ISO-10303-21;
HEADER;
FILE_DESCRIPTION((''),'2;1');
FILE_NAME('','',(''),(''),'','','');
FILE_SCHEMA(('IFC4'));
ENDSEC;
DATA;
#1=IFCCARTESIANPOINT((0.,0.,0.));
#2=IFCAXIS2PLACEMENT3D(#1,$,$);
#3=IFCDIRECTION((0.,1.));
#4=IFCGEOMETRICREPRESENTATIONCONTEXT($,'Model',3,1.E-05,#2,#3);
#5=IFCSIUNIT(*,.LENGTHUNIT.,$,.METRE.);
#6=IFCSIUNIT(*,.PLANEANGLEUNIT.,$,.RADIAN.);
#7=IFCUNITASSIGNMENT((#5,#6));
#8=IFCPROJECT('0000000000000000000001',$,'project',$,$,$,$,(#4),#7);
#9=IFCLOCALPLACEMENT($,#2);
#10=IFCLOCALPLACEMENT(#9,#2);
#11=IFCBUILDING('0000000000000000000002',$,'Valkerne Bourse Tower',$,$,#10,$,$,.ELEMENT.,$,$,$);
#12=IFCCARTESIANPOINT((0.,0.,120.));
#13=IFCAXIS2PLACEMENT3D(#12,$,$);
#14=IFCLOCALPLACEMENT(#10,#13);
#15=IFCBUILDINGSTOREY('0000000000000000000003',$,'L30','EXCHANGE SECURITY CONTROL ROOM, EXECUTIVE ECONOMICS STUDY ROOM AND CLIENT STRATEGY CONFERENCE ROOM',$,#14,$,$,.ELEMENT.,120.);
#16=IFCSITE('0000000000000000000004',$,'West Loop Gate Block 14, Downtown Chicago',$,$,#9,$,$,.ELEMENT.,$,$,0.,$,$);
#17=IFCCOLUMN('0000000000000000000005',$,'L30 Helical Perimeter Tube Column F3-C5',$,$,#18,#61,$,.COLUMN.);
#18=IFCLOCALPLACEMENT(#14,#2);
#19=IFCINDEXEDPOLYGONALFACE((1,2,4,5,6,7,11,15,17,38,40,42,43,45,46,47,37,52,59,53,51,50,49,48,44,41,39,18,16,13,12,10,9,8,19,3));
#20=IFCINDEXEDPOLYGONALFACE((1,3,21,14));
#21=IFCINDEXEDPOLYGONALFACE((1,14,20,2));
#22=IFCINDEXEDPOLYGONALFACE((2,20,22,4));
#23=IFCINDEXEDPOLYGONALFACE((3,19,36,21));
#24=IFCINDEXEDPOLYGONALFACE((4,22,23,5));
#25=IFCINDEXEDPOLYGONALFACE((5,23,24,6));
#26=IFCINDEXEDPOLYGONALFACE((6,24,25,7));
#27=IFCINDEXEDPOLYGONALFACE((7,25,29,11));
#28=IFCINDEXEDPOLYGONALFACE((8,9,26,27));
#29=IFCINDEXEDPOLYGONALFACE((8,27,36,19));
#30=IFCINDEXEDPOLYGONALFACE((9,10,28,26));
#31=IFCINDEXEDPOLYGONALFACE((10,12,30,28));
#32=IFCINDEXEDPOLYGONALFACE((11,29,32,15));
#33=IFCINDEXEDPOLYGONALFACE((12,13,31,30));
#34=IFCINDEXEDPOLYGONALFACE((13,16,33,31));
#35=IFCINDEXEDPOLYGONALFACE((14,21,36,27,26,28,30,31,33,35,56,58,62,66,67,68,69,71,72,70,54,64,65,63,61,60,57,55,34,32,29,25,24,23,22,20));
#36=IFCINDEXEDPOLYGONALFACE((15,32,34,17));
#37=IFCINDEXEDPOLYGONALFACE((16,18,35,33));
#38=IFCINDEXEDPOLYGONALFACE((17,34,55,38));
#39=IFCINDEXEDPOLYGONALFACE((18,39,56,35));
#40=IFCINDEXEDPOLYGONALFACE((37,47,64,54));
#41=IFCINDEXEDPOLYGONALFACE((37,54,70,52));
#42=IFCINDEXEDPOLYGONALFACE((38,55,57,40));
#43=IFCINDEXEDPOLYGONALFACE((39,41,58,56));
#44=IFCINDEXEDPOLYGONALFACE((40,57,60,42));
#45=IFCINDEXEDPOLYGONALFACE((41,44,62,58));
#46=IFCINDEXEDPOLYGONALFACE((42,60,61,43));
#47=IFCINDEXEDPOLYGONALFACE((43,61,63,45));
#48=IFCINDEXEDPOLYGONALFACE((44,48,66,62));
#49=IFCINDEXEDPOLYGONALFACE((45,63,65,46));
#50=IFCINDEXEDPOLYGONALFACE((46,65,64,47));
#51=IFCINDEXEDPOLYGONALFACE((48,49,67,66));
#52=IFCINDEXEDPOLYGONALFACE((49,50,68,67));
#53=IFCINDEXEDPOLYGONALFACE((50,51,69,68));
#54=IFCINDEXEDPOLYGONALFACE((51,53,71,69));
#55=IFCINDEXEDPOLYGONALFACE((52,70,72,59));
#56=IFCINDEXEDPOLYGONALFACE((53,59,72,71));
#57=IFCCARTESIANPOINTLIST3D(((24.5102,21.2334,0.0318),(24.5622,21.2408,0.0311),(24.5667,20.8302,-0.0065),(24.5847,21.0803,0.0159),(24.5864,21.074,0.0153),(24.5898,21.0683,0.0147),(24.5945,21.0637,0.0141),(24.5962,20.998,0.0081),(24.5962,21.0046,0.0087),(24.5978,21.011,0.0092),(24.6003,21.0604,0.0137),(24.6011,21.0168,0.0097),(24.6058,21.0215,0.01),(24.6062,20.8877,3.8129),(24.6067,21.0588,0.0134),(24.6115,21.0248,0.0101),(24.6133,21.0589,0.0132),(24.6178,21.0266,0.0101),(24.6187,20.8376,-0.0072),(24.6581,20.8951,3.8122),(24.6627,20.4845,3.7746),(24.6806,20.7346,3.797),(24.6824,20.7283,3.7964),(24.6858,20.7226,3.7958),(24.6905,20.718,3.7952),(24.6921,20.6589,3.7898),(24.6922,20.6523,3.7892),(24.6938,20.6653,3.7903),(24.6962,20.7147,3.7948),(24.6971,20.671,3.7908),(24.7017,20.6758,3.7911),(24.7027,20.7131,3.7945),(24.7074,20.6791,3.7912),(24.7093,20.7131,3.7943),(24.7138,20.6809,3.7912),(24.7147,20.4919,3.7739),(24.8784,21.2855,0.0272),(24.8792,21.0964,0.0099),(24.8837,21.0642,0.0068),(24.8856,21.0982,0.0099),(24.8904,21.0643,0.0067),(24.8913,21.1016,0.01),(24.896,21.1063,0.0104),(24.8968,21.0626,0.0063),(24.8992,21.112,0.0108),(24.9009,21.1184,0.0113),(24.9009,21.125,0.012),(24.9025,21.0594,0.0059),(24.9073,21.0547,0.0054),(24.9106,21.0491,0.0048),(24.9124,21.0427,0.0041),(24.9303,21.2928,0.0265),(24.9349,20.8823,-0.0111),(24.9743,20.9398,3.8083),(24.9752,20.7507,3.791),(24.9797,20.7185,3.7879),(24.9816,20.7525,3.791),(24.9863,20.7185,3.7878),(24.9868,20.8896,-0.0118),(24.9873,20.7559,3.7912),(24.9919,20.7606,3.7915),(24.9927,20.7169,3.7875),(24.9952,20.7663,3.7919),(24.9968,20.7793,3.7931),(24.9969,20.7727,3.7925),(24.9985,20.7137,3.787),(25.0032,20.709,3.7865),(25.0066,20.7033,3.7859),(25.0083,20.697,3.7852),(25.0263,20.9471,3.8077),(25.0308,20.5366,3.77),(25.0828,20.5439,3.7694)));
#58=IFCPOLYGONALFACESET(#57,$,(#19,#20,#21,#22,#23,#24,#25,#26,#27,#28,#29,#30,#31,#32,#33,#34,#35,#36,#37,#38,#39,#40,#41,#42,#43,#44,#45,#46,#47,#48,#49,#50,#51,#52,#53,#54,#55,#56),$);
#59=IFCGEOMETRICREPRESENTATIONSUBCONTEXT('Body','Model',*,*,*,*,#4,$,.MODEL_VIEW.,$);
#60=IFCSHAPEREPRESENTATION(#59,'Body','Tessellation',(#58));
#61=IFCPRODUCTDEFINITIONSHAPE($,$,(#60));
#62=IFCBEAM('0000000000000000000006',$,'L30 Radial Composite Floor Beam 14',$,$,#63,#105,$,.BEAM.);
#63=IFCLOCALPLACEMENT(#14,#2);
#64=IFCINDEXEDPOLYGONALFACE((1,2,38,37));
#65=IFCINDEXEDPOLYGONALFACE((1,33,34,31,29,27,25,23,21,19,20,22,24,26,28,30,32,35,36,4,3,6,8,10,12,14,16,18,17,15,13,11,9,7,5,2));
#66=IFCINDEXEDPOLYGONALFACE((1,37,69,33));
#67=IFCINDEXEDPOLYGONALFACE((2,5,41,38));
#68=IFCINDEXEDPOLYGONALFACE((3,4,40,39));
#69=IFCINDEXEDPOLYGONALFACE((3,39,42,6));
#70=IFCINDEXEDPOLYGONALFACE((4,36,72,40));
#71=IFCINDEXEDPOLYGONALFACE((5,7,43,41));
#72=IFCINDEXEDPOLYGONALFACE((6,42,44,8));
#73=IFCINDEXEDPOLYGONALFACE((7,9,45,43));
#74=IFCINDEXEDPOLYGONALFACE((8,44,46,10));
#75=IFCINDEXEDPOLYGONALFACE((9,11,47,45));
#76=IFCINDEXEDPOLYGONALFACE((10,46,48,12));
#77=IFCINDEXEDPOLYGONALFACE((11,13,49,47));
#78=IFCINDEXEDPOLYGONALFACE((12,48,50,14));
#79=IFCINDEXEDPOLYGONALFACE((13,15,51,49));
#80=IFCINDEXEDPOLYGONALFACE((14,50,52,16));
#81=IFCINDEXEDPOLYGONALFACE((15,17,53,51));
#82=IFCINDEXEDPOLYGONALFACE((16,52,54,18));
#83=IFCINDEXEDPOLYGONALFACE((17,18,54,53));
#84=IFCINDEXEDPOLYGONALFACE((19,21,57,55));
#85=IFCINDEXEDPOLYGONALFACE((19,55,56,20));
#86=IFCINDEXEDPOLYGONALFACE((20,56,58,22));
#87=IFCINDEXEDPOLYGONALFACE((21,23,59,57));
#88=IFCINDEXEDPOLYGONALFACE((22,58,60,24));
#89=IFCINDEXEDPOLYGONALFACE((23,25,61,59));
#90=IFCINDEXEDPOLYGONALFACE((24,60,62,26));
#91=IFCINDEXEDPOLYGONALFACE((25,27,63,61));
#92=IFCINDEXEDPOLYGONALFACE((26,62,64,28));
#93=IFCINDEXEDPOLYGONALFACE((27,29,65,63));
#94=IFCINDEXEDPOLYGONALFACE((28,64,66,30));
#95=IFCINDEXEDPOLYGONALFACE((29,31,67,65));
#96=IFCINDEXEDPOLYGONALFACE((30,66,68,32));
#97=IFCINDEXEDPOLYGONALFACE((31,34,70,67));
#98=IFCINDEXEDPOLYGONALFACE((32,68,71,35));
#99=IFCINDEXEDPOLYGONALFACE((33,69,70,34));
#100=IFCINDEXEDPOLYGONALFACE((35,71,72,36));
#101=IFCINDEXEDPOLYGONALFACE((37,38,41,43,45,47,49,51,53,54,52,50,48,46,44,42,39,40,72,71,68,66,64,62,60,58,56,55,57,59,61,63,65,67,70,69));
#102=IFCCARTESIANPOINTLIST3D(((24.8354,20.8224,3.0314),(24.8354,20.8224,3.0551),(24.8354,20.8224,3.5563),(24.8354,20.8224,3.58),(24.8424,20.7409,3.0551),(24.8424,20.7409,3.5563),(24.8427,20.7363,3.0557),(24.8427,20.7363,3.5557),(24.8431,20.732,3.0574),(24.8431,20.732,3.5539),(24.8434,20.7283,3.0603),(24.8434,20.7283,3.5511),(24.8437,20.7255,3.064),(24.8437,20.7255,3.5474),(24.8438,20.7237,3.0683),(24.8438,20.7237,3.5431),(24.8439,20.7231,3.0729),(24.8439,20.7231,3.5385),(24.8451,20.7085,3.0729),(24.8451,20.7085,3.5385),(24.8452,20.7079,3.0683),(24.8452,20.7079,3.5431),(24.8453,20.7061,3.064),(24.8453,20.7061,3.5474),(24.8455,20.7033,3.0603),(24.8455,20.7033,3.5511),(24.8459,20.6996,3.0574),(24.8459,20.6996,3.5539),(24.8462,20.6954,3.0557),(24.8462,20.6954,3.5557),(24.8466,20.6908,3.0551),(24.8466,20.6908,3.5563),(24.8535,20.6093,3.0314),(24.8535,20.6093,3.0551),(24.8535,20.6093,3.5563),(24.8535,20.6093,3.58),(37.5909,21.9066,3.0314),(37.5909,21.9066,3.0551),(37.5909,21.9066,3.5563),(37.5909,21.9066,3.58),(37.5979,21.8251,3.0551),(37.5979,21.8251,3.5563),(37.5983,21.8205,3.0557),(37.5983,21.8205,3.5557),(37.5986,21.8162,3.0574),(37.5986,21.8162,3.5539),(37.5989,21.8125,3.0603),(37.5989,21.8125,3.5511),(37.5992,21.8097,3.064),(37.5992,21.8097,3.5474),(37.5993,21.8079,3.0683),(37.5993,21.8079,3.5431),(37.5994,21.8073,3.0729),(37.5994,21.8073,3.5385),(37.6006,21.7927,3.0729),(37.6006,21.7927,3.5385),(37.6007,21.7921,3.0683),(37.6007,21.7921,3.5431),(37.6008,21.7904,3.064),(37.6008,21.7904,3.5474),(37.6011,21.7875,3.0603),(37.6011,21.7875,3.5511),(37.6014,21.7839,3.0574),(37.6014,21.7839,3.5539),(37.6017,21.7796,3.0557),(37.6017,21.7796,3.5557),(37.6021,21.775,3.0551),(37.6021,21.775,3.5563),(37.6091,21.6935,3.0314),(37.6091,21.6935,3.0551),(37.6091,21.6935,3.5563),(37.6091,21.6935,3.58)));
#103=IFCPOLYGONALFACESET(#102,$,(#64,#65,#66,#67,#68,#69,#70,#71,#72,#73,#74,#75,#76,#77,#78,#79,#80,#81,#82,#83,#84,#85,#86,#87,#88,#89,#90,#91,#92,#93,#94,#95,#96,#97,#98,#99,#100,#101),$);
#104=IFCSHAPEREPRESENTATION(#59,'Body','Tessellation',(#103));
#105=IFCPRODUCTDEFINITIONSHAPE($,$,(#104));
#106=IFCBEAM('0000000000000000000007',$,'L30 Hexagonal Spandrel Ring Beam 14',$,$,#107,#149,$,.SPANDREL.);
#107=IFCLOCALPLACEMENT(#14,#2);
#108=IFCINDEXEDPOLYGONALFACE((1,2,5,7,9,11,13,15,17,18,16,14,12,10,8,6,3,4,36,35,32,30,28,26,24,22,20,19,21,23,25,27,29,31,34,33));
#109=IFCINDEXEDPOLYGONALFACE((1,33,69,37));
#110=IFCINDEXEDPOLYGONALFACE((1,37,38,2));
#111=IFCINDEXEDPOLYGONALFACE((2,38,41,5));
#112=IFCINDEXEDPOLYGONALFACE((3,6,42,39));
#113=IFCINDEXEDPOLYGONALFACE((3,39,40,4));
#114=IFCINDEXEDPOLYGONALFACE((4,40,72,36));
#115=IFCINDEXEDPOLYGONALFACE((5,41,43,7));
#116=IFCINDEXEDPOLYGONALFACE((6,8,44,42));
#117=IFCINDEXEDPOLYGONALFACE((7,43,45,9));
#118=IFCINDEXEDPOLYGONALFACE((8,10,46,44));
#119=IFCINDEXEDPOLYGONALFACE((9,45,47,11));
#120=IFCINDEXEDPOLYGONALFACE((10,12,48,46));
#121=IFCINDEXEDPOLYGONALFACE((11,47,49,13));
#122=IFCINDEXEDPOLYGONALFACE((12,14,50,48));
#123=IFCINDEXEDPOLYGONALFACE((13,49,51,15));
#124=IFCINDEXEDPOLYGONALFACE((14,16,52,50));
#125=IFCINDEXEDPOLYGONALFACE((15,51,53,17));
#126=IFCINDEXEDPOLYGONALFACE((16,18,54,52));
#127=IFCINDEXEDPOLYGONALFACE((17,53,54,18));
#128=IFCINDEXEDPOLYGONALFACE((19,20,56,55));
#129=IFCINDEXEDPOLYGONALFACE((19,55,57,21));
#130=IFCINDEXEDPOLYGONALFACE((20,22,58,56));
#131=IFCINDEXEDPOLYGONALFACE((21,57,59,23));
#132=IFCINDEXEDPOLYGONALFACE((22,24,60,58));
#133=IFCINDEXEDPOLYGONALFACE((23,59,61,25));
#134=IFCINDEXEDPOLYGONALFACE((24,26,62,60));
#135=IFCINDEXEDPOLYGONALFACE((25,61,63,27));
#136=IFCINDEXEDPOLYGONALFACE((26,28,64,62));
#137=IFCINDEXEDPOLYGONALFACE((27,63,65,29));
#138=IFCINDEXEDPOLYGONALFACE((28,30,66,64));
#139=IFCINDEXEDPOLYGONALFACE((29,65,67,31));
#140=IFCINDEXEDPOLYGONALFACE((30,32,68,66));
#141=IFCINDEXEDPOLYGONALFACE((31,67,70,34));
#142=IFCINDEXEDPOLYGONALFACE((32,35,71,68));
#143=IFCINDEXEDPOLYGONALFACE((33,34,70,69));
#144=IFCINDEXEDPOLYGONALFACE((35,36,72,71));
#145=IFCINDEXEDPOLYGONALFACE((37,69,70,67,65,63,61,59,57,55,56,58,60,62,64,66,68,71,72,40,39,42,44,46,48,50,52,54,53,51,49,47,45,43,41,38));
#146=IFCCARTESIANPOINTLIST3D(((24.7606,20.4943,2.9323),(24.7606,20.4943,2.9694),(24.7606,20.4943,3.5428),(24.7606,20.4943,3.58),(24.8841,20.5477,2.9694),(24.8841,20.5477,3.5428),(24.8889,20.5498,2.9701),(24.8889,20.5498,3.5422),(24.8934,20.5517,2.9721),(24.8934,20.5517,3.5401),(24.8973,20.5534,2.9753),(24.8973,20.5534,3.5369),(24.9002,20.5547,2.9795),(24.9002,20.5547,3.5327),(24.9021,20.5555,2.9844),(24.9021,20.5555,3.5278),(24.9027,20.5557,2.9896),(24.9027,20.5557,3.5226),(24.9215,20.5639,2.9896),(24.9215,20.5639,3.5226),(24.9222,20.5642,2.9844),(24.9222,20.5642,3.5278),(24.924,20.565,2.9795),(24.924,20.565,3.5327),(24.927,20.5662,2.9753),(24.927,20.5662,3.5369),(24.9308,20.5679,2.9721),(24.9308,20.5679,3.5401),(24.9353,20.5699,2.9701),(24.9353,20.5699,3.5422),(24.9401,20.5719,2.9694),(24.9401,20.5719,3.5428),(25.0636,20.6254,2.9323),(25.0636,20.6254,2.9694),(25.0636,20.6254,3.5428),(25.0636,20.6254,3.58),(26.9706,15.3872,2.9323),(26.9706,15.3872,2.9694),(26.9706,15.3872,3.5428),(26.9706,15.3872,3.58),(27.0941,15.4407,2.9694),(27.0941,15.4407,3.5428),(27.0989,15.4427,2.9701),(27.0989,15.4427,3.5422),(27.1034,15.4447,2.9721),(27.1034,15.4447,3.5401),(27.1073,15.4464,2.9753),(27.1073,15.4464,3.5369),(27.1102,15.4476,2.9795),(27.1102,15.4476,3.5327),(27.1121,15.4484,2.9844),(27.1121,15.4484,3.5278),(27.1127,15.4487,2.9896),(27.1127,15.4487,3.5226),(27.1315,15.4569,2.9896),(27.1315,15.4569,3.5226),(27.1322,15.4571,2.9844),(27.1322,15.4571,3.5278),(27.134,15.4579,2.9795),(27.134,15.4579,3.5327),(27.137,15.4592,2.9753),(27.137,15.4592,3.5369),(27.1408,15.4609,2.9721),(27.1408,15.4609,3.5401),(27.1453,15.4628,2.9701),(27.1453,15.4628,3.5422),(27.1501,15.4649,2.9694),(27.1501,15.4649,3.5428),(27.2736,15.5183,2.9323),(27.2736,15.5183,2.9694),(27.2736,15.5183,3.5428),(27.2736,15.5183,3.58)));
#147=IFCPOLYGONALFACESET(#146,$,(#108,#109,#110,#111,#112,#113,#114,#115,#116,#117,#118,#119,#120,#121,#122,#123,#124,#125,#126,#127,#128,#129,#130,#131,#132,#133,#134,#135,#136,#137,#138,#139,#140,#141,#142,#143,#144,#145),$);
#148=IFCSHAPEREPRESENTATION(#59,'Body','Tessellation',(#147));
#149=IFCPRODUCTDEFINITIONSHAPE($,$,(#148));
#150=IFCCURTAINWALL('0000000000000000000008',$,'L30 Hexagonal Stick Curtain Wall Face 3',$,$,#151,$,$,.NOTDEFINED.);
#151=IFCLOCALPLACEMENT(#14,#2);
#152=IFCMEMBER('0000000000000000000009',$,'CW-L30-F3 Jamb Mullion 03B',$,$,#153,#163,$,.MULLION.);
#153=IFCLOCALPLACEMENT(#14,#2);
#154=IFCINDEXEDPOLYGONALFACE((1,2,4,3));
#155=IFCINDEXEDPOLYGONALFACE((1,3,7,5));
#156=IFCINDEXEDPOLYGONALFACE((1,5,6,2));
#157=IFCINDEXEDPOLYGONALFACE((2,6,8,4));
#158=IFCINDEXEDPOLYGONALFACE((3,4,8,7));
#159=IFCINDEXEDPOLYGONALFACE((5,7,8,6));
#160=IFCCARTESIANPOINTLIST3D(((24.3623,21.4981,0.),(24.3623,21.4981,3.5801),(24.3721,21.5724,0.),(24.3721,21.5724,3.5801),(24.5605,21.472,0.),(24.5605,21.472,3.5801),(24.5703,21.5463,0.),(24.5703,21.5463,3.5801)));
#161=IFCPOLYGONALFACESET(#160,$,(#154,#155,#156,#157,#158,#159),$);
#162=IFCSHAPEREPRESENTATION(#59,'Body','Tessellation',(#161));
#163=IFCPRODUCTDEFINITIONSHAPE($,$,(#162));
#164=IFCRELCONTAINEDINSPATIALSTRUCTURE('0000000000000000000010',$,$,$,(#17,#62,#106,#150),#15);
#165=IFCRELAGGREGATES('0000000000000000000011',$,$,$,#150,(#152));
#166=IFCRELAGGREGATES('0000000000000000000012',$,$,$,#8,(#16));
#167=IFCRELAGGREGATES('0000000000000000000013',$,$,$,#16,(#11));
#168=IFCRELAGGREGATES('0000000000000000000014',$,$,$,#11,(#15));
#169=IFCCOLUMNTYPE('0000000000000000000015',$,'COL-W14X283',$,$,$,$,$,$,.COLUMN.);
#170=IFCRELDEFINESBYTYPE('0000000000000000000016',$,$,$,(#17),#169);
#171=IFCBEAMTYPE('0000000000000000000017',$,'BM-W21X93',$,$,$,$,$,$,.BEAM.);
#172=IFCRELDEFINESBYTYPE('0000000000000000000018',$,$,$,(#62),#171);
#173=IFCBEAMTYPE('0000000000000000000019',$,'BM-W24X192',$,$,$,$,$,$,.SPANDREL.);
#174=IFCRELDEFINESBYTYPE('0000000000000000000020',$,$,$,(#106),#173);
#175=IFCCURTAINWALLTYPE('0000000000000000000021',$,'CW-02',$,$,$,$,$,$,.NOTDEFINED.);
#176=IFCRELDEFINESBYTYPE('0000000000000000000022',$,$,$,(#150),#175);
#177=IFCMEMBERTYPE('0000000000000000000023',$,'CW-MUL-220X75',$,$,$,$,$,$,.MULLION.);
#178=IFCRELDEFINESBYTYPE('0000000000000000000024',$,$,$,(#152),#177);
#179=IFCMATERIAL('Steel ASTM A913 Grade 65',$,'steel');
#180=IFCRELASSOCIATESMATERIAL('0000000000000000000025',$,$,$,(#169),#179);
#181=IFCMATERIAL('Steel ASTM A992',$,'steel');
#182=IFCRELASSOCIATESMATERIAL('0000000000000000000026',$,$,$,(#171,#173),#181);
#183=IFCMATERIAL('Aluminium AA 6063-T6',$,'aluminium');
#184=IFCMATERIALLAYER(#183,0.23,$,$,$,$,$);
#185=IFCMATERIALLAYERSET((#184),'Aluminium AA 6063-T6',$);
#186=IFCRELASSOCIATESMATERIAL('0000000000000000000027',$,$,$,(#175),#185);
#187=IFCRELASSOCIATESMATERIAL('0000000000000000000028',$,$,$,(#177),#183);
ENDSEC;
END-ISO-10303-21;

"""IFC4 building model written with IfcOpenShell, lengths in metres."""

from ifc_helpers import new_model, si_unit, direction, frame, origin, origin_2d, place, context, subcontext, project, spatial, rectangle, i_section, extrude, material, layer, layer_set, material_profile, profile_set, type_object, element, aggregate, save


model = new_model("IFC4")

# Units and contexts
model_context = context("Model", 3, precision=1e-05, world=origin(), true_north=direction((0.0, 1.0)))
body_context = subcontext(model_context, "Body", "Model", "MODEL_VIEW")
ifc_project = project(units=[si_unit("LENGTHUNIT", "METRE"), si_unit("PLANEANGLEUNIT", "RADIAN")], contexts=[model_context])

# Site, building, storey
site_placement = place(None, origin())
site = spatial("IfcSite", under=ifc_project, at=site_placement, Name="West Loop Gate Block 14, Downtown Chicago", CompositionType="ELEMENT", RefElevation=0.0)
building_placement = place(site_placement, origin())
building = spatial("IfcBuilding", under=site, at=building_placement, Name="Valkerne Bourse Tower", CompositionType="ELEMENT")
storey_placement = place(building_placement, frame((0.0, 0.0, 120.0)))
storey = spatial("IfcBuildingStorey", under=building, at=storey_placement, Name="L30", Description="EXCHANGE SECURITY CONTROL ROOM, EXECUTIVE ECONOMICS STUDY ROOM AND CLIENT STRATEGY CONFERENCE ROOM", CompositionType="ELEMENT", Elevation=120.0)

# Column
ifc_material_1 = material(Name="Steel ASTM A913 Grade 65", Category="steel")
ifc_material_profile_1 = material_profile(ifc_material_1, i_section(OverallWidth=0.4089, OverallDepth=0.4243, WebThickness=0.0327, FlangeThickness=0.0525, FilletRadius=0.0254, at=origin_2d()), Name="W14X283")
ifc_profile_set_1 = profile_set([ifc_material_profile_1], Name="Steel ASTM A913 Grade 65")
column_type = type_object("IfcColumnType", Name="COL-W14X283", PredefinedType="COLUMN", material=ifc_profile_set_1)
column_placement = place(storey_placement, frame((24.7485, 21.0615, 0.01), z_axis=(0.025263, -0.091023, 0.995528), x_axis=(0.138188, -0.985968, -0.093655)))
element("IfcColumn", 1, at=column_placement, inside=storey, type_object=column_type, Name="L30 Helical Perimeter Tube Column F3-C5", PredefinedType="COLUMN", context=body_context, shape_type="SweptSolid", body=[
    extrude(i_section(OverallWidth=0.4089, OverallDepth=0.4243, WebThickness=0.0327, FlangeThickness=0.0525, FilletRadius=0.0254, at=origin_2d()), origin(), (0.0, 0.0, 1.0), 3.7981),
])

# Beams
ifc_material_2 = material(Name="Steel ASTM A992", Category="steel")
ifc_material_profile_2 = material_profile(ifc_material_2, i_section(OverallWidth=0.2139, OverallDepth=0.5486, WebThickness=0.0146, FlangeThickness=0.0237, FilletRadius=0.0178, at=origin_2d()), Name="W21X93")
ifc_profile_set_2 = profile_set([ifc_material_profile_2], Name="Steel ASTM A992")
beam_type_1 = type_object("IfcBeamType", Name="BM-W21X93", PredefinedType="BEAM", material=ifc_profile_set_2)
beam_1_placement = place(storey_placement, frame((24.8445, 20.7158, 3.3057), z_axis=(0.996407, 0.084695, 0.0), x_axis=(-0.084695, 0.996407, 0.0)))
element("IfcBeam", 2, at=beam_1_placement, inside=storey, type_object=beam_type_1, Name="L30 Radial Composite Floor Beam 14", PredefinedType="BEAM", context=body_context, shape_type="SweptSolid", body=[
    extrude(i_section(OverallWidth=0.2139, OverallDepth=0.5486, WebThickness=0.0146, FlangeThickness=0.0237, FilletRadius=0.0178, at=origin_2d()), origin(), (0.0, 0.0, 1.0), 12.8015),
])
ifc_material_profile_3 = material_profile(ifc_material_2, i_section(OverallWidth=0.3301, OverallDepth=0.6477, WebThickness=0.0205, FlangeThickness=0.0371, FilletRadius=0.0203, at=origin_2d()), Name="W24X192")
ifc_profile_set_3 = profile_set([ifc_material_profile_3], Name="Steel ASTM A992")
beam_type_2 = type_object("IfcBeamType", Name="BM-W24X192", PredefinedType="SPANDREL", material=ifc_profile_set_3)
beam_2_placement = place(storey_placement, frame((24.9121, 20.5598, 3.2561), z_axis=(0.397147, -0.917755, 0.0), x_axis=(0.917755, 0.397147, 0.0)))
element("IfcBeam", 3, at=beam_2_placement, inside=storey, type_object=beam_type_2, Name="L30 Hexagonal Spandrel Ring Beam 14", PredefinedType="SPANDREL", context=body_context, shape_type="SweptSolid", body=[
    extrude(i_section(OverallWidth=0.3301, OverallDepth=0.6477, WebThickness=0.0205, FlangeThickness=0.0371, FilletRadius=0.0203, at=origin_2d()), origin(), (0.0, 0.0, 1.0), 5.5647),
])

# Curtain wall, member
ifc_material_3 = material(Name="Aluminium AA 6063-T6", Category="aluminium")
ifc_layer_1 = layer(ifc_material_3, 0.23)
ifc_layer_set_1 = layer_set([ifc_layer_1], Name="Aluminium AA 6063-T6")
curtain_wall_type = type_object("IfcCurtainWallType", Name="CW-02", PredefinedType="NOTDEFINED", material=ifc_layer_set_1)
curtain_wall_placement = place(storey_placement, origin())
curtain_wall = element("IfcCurtainWall", 4, at=curtain_wall_placement, inside=storey, type_object=curtain_wall_type, Name="L30 Hexagonal Stick Curtain Wall Face 3", PredefinedType="NOTDEFINED")
ifc_material_profile_4 = material_profile(ifc_material_3, rectangle(XDim=0.075, YDim=0.2, at=origin_2d()), Name="CWM-75X200")
ifc_profile_set_4 = profile_set([ifc_material_profile_4], Name="Aluminium AA 6063-T6")
member_type_1 = type_object("IfcMemberType", Name="CW-MUL-220X75", PredefinedType="MULLION", material=ifc_profile_set_4)
member_1_placement = place(storey_placement, frame((24.4663, 21.5222, 0.0), z_axis=(0.0, 0.0, 1.0), x_axis=(-0.130527, -0.991445, 0.0)))
member_1 = element("IfcMember", 5, at=member_1_placement, type_object=member_type_1, Name="CW-L30-F3 Jamb Mullion 03B", PredefinedType="MULLION", context=body_context, shape_type="SweptSolid", body=[
    extrude(rectangle(XDim=0.075, YDim=0.2, at=origin_2d()), origin(), (0.0, 0.0, 1.0), 3.5801),
])
aggregate(curtain_wall, [member_1])

save(model, "model.ifc")
